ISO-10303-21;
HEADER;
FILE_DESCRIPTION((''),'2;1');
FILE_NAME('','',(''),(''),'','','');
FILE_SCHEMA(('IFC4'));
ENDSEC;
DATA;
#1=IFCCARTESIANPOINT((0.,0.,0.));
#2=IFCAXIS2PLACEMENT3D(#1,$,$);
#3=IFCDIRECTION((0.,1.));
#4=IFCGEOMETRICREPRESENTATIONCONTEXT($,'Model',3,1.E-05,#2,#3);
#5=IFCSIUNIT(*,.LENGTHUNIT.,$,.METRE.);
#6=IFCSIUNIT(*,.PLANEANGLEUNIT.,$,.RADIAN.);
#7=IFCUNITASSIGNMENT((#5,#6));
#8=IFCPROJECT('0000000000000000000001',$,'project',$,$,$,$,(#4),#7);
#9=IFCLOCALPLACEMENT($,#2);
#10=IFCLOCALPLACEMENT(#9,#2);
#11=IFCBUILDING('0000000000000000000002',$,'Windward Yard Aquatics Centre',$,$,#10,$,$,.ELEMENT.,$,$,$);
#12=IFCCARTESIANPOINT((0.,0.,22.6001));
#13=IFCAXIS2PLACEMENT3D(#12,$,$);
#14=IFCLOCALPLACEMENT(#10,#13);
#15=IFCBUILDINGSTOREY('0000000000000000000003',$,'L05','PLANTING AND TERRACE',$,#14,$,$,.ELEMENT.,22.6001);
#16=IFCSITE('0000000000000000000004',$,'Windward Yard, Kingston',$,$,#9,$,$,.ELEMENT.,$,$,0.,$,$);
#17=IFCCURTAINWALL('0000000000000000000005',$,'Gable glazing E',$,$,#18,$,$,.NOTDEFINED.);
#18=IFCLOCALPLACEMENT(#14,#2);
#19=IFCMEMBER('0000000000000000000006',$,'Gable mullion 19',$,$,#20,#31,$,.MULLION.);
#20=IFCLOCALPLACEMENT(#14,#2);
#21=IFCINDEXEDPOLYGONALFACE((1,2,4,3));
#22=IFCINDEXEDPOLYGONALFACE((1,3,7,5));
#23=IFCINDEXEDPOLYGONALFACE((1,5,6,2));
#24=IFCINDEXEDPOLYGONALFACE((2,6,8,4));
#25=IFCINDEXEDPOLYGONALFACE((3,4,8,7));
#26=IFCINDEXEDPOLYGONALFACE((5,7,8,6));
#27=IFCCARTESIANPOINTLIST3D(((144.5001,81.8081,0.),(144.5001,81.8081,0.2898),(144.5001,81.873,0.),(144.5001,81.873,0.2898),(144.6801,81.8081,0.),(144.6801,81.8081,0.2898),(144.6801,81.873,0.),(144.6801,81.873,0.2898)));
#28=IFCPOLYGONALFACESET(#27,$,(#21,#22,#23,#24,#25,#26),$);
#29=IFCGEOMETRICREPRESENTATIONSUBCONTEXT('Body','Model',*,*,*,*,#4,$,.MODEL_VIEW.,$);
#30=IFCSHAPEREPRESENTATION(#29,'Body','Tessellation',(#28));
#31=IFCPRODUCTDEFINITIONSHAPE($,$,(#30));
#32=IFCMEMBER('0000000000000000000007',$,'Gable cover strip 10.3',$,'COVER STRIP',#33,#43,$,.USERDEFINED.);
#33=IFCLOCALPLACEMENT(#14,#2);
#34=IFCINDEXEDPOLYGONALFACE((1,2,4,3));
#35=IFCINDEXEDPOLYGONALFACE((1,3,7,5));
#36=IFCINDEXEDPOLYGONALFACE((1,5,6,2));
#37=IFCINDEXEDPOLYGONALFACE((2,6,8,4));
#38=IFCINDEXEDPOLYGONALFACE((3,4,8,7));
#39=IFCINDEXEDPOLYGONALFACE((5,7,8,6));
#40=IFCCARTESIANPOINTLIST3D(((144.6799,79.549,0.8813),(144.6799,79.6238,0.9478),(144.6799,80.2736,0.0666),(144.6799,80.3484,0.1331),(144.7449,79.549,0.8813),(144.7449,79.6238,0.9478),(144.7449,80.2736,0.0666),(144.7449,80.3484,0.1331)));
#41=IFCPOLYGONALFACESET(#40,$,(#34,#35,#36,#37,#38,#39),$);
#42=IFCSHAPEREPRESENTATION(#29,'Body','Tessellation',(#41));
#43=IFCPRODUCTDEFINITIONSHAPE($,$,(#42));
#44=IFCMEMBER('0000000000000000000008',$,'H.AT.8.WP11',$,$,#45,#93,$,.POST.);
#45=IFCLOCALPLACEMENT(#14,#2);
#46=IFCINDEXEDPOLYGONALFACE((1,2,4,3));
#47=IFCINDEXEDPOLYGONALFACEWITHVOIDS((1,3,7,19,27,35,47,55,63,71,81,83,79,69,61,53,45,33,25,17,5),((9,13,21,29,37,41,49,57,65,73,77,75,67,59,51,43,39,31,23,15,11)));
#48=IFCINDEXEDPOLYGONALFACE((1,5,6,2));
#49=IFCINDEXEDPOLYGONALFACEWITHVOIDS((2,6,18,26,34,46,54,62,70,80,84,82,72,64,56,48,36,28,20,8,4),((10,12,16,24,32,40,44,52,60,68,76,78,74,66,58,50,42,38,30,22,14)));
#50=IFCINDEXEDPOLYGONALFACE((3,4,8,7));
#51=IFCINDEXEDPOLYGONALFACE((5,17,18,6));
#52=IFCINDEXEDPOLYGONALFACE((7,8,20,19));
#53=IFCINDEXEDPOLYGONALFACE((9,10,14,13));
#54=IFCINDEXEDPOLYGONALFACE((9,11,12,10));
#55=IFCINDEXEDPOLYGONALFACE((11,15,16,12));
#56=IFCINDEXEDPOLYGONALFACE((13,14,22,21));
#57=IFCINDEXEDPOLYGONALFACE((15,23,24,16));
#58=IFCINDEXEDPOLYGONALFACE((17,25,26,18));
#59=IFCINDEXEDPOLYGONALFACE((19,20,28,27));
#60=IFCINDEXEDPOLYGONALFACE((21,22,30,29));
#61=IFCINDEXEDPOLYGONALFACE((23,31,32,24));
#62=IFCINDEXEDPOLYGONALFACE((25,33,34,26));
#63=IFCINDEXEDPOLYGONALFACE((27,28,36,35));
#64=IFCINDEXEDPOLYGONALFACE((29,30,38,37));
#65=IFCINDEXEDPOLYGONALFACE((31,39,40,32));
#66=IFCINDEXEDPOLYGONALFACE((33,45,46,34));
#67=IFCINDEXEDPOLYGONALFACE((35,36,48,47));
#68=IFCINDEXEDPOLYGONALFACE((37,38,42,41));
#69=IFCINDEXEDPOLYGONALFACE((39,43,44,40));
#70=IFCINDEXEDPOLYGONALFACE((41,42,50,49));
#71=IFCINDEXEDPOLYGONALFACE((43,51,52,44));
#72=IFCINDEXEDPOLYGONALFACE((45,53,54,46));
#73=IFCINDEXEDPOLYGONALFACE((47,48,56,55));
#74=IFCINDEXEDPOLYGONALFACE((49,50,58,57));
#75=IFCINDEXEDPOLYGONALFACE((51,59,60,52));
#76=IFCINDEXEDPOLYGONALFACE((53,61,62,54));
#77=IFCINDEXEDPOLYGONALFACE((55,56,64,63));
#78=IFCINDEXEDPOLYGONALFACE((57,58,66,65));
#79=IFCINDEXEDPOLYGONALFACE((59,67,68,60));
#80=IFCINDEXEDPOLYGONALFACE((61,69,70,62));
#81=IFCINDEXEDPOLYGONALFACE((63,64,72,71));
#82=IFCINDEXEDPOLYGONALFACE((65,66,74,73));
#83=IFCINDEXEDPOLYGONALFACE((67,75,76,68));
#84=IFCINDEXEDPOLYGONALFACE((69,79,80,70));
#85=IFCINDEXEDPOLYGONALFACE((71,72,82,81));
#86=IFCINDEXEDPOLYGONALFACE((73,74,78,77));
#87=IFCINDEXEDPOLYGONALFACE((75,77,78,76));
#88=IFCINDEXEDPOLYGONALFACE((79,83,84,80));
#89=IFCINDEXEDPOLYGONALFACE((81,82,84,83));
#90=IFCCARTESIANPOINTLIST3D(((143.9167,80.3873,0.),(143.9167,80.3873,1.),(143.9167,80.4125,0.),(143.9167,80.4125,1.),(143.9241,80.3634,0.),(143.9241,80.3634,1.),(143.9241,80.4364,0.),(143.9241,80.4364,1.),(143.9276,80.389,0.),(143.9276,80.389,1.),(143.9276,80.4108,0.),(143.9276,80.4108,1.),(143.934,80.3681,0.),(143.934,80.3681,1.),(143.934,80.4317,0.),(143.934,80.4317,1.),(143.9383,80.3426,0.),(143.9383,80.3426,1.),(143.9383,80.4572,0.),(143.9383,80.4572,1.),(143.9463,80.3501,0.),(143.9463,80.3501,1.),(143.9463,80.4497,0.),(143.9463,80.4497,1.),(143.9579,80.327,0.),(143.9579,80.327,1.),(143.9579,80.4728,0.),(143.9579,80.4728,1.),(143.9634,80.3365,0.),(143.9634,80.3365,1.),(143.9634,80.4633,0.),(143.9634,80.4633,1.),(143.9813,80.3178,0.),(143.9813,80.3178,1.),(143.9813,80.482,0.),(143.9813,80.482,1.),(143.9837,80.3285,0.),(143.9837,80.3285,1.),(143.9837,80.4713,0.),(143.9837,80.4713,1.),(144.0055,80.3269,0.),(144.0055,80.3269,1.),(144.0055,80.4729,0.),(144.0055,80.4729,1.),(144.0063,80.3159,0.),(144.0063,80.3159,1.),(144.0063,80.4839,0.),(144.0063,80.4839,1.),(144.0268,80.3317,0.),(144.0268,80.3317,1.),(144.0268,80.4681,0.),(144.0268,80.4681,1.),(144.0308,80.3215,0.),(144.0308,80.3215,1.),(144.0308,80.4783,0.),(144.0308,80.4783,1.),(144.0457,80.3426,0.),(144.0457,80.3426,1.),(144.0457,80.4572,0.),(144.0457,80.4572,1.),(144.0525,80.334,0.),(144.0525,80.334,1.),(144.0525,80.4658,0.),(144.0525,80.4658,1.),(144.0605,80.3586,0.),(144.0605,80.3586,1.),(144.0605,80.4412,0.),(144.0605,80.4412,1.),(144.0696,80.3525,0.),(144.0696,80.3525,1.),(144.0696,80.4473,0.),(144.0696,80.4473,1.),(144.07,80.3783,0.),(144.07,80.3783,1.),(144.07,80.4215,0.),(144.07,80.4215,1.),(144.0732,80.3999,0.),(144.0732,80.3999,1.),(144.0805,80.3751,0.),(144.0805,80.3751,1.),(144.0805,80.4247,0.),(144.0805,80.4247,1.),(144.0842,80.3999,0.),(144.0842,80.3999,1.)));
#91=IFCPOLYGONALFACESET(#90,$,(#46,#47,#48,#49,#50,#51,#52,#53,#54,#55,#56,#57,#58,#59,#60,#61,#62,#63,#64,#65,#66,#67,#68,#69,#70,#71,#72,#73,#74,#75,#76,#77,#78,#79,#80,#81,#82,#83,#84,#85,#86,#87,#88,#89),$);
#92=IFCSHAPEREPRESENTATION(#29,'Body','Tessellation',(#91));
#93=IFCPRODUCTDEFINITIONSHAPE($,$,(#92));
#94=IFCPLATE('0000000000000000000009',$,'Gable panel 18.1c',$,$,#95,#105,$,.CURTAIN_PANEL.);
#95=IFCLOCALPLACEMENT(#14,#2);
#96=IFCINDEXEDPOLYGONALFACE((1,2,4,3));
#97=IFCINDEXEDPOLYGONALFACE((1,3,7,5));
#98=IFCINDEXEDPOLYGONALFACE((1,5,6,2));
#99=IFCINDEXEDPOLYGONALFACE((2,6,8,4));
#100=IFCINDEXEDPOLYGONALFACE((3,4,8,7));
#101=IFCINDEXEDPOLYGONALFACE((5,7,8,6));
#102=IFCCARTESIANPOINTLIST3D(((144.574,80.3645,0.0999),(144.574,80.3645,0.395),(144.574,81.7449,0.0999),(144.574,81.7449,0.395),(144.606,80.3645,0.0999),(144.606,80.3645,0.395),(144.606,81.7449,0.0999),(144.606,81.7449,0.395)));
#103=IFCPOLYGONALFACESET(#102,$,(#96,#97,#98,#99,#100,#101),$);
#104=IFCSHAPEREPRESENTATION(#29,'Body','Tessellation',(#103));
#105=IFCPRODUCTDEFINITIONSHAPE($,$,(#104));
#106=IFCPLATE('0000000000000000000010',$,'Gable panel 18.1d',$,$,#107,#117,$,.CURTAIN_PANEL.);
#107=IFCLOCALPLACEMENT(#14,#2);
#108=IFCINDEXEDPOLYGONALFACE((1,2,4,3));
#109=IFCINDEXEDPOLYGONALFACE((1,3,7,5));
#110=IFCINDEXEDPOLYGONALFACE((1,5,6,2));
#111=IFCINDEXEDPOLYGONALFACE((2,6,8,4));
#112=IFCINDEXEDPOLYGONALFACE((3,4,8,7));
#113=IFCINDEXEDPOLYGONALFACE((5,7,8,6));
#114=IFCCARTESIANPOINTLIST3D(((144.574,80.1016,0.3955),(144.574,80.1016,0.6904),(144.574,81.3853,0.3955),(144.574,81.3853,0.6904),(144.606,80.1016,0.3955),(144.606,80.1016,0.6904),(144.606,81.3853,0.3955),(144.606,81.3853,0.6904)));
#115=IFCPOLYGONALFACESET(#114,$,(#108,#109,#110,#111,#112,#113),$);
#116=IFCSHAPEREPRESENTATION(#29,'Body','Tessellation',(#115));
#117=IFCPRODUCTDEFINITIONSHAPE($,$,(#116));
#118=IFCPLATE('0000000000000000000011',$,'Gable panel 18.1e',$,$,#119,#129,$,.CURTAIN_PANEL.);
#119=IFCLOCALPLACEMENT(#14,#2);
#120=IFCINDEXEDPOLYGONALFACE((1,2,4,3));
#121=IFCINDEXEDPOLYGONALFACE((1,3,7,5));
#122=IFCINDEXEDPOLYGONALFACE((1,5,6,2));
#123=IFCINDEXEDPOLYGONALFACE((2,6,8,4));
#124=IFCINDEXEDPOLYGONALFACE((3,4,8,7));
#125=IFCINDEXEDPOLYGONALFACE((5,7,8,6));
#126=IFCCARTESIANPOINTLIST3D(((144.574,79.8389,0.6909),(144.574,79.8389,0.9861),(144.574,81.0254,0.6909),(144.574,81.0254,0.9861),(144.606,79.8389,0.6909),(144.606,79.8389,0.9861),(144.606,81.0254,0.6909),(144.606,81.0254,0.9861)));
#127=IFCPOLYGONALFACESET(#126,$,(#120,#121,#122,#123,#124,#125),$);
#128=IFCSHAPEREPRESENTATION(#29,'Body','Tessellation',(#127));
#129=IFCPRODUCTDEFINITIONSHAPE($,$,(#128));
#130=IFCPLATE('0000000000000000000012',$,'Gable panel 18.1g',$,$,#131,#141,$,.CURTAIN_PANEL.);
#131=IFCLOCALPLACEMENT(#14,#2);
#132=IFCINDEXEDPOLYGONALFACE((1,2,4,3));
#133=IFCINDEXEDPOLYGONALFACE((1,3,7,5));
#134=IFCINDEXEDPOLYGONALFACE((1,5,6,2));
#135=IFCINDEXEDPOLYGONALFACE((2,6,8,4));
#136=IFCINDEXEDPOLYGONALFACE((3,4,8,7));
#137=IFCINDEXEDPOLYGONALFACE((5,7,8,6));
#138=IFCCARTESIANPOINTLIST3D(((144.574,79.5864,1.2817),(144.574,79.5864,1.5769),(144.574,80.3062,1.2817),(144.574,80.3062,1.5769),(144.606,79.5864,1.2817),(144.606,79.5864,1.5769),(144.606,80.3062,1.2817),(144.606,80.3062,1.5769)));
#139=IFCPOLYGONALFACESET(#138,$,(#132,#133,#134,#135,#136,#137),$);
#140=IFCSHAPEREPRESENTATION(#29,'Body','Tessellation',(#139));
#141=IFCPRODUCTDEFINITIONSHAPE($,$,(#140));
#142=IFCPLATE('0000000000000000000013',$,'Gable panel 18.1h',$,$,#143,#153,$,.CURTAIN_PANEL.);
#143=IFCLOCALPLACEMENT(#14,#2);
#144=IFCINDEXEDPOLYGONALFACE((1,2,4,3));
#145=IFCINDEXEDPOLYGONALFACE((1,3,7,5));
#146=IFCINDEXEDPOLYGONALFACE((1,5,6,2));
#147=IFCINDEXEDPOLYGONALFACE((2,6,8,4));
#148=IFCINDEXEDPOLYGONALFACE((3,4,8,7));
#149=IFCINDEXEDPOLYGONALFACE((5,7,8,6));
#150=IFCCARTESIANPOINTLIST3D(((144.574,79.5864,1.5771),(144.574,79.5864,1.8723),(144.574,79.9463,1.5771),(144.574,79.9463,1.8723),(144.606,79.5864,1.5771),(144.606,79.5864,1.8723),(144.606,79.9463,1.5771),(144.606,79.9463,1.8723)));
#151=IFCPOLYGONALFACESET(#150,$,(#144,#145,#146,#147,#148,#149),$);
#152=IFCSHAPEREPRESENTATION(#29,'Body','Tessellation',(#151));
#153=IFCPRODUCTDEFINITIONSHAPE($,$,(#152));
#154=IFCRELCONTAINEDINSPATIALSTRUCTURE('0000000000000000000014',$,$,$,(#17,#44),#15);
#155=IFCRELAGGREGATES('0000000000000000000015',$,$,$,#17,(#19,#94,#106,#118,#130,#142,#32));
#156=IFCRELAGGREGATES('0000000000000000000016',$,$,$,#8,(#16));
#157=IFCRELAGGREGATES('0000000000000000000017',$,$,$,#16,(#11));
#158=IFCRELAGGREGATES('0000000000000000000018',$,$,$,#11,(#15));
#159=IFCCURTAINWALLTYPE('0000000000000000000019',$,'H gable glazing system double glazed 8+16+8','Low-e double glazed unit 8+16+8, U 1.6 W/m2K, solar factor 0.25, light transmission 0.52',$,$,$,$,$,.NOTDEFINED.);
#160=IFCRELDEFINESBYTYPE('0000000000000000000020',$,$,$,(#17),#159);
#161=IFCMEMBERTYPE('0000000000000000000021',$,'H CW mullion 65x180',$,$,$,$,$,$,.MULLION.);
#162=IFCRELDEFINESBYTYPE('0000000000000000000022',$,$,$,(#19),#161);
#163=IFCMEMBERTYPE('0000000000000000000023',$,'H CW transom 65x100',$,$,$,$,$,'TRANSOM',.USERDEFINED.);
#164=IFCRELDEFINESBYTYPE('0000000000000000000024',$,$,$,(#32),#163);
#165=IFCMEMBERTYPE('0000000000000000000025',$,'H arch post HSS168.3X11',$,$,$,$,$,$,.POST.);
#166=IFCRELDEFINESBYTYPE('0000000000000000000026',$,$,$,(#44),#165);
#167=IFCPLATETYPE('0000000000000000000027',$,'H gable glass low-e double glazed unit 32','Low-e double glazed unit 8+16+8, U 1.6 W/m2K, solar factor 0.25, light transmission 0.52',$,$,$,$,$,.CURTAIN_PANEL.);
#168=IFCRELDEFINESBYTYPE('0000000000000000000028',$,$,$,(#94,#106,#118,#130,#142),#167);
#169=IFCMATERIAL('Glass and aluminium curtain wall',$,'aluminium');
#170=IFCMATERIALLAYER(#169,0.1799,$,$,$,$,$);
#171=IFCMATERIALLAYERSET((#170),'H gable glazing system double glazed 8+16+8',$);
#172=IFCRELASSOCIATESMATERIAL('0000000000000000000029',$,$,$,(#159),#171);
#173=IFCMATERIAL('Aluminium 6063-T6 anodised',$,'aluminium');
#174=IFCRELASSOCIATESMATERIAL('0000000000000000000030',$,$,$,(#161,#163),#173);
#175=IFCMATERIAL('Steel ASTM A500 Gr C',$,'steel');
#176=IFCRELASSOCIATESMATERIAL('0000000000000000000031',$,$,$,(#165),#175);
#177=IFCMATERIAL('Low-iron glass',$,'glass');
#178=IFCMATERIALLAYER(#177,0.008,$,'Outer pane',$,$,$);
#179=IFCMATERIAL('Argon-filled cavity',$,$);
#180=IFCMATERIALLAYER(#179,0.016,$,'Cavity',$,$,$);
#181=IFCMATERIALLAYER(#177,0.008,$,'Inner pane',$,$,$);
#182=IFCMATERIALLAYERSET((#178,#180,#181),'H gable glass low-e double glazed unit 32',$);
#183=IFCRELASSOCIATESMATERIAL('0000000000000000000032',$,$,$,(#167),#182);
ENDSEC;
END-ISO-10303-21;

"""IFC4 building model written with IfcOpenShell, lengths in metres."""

from ifc_helpers import new_model, si_unit, direction, frame, origin, origin_2d, place, context, subcontext, project, spatial, polyline, rectangle, hollow_circle, outline, extrude, material, layer, layer_set, material_profile, profile_set, type_object, element, aggregate, save


model = new_model("IFC4")

# Units and contexts
model_context = context("Model", 3, precision=1e-05, world=origin(), true_north=direction((0.0, 1.0)))
body_context = subcontext(model_context, "Body", "Model", "MODEL_VIEW")
ifc_project = project(units=[si_unit("LENGTHUNIT", "METRE"), si_unit("PLANEANGLEUNIT", "RADIAN")], contexts=[model_context])

# Site, building, storey
site_placement = place(None, origin())
site = spatial("IfcSite", under=ifc_project, at=site_placement, Name="Windward Yard, Kingston", CompositionType="ELEMENT", RefElevation=0.0)
building_placement = place(site_placement, origin())
building = spatial("IfcBuilding", under=site, at=building_placement, Name="Windward Yard Aquatics Centre", CompositionType="ELEMENT")
storey_placement = place(building_placement, frame((0.0, 0.0, 22.6001)))
storey = spatial("IfcBuildingStorey", under=building, at=storey_placement, Name="L05", Description="PLANTING AND TERRACE", CompositionType="ELEMENT", Elevation=22.6001)

# Curtain wall, members
ifc_material_1 = material(Name="Glass and aluminium curtain wall", Category="aluminium")
ifc_layer_1 = layer(ifc_material_1, 0.1799)
ifc_layer_set_1 = layer_set([ifc_layer_1], Name="H gable glazing system double glazed 8+16+8")
curtain_wall_type = type_object("IfcCurtainWallType", Name="H gable glazing system double glazed 8+16+8", Description="Low-e double glazed unit 8+16+8, U 1.6 W/m2K, solar factor 0.25, light transmission 0.52", PredefinedType="NOTDEFINED", material=ifc_layer_set_1)
curtain_wall_placement = place(storey_placement, origin())
curtain_wall = element("IfcCurtainWall", 1, at=curtain_wall_placement, inside=storey, type_object=curtain_wall_type, Name="Gable glazing E", PredefinedType="NOTDEFINED")
ifc_material_2 = material(Name="Aluminium 6063-T6 anodised", Category="aluminium")
ifc_material_profile_1 = material_profile(ifc_material_2, rectangle(XDim=0.0649, YDim=0.1799, at=origin_2d()), Name="H CW mullion 65x180")
ifc_profile_set_1 = profile_set([ifc_material_profile_1], Name="Aluminium 6063-T6 anodised")
member_type_1 = type_object("IfcMemberType", Name="H CW mullion 65x180", PredefinedType="MULLION", material=ifc_profile_set_1)
member_1_placement = place(storey_placement, frame((144.5901, 81.8406, 0.0), z_axis=(0.0, 0.0, 1.0), x_axis=(0.0, 1.0, 0.0)))
member_1 = element("IfcMember", 2, at=member_1_placement, type_object=member_type_1, Name="Gable mullion 19", PredefinedType="MULLION", context=body_context, shape_type="SweptSolid", body=[
    extrude(rectangle(XDim=0.0649, YDim=0.1799, at=origin_2d()), origin(), (0.0, 0.0, 1.0), 0.2898),
])
ifc_material_profile_2 = material_profile(ifc_material_2, rectangle(XDim=0.0649, YDim=0.1001, at=origin_2d()), Name="H CW transom 65x100")
ifc_profile_set_2 = profile_set([ifc_material_profile_2], Name="Aluminium 6063-T6 anodised")
member_type_2 = type_object("IfcMemberType", Name="H CW transom 65x100", ElementType="TRANSOM", PredefinedType="USERDEFINED", material=ifc_profile_set_2)
member_2_placement = place(storey_placement, frame((144.7124, 79.5864, 0.9146), z_axis=(0.0, 0.664586, -0.747212), x_axis=(-1.0, 0.0, 0.0)))
member_2 = element("IfcMember", 3, at=member_2_placement, type_object=member_type_2, Name="Gable cover strip 10.3", ObjectType="COVER STRIP", PredefinedType="USERDEFINED", context=body_context, shape_type="SweptSolid", body=[
    extrude(rectangle(XDim=0.0649, YDim=0.1001, at=origin_2d()), origin(), (0.0, 0.0, 1.0), 1.0903),
])

# Member
ifc_material_3 = material(Name="Steel ASTM A500 Gr C", Category="steel")
ifc_material_profile_3 = material_profile(ifc_material_3, hollow_circle(Radius=0.0842, WallThickness=0.011, at=origin_2d()), Name="HSS168.3X11")
ifc_profile_set_3 = profile_set([ifc_material_profile_3], Name="Steel ASTM A500 Gr C")
member_type_3 = type_object("IfcMemberType", Name="H arch post HSS168.3X11", PredefinedType="POST", material=ifc_profile_set_3)
member_3_placement = place(storey_placement, frame((144.0, 80.3999, 0.0), z_axis=(0.0, 0.0, 1.0), x_axis=(1.0, 0.0, 0.0)))
element("IfcMember", 4, at=member_3_placement, inside=storey, type_object=member_type_3, Name="H.AT.8.WP11", PredefinedType="POST", context=body_context, shape_type="SweptSolid", body=[
    extrude(hollow_circle(Radius=0.0842, WallThickness=0.011, at=origin_2d()), origin(), (0.0, 0.0, 1.0), 1.0),
])

# Plates
ifc_material_4 = material(Name="Low-iron glass", Category="glass")
ifc_layer_2 = layer(ifc_material_4, 0.008, Name="Outer pane")
ifc_material_5 = material(Name="Argon-filled cavity")
ifc_layer_3 = layer(ifc_material_5, 0.016, Name="Cavity")
ifc_layer_4 = layer(ifc_material_4, 0.008, Name="Inner pane")
ifc_layer_set_2 = layer_set([ifc_layer_2, ifc_layer_3, ifc_layer_4], Name="H gable glass low-e double glazed unit 32")
plate_type = type_object("IfcPlateType", Name="H gable glass low-e double glazed unit 32", Description="Low-e double glazed unit 8+16+8, U 1.6 W/m2K, solar factor 0.25, light transmission 0.52", PredefinedType="CURTAIN_PANEL", material=ifc_layer_set_2)
plate_1_placement = place(storey_placement, frame((144.606, 80.3645, 0.0999), z_axis=(1.0, 0.0, 0.0), x_axis=(0.0, 1.0, 0.0)))
plate_1 = element("IfcPlate", 5, at=plate_1_placement, type_object=plate_type, Name="Gable panel 18.1c", PredefinedType="CURTAIN_PANEL", context=body_context, shape_type="SweptSolid", body=[
    extrude(outline(polyline([(0.0, 0.0), (1.3804, 0.0), (1.3804, 0.2952), (0.0, 0.2952), (0.0, 0.0)])), origin(), (0.0, 0.0, -1.0), 0.032),
])
plate_2_placement = place(storey_placement, frame((144.606, 80.1016, 0.3955), z_axis=(1.0, 0.0, 0.0), x_axis=(0.0, 1.0, 0.0)))
plate_2 = element("IfcPlate", 6, at=plate_2_placement, type_object=plate_type, Name="Gable panel 18.1d", PredefinedType="CURTAIN_PANEL", context=body_context, shape_type="SweptSolid", body=[
    extrude(outline(polyline([(0.0, 0.0), (1.2837, 0.0), (1.2837, 0.2949), (0.0, 0.2949), (0.0, 0.0)])), origin(), (0.0, 0.0, -1.0), 0.032),
])
plate_3_placement = place(storey_placement, frame((144.606, 79.8389, 0.6909), z_axis=(1.0, 0.0, 0.0), x_axis=(0.0, 1.0, 0.0)))
plate_3 = element("IfcPlate", 7, at=plate_3_placement, type_object=plate_type, Name="Gable panel 18.1e", PredefinedType="CURTAIN_PANEL", context=body_context, shape_type="SweptSolid", body=[
    extrude(outline(polyline([(0.0, 0.0), (1.1865, 0.0), (1.1865, 0.2952), (0.0, 0.2952), (0.0, 0.0)])), origin(), (0.0, 0.0, -1.0), 0.032),
])
plate_4_placement = place(storey_placement, frame((144.606, 79.5864, 1.2817), z_axis=(1.0, 0.0, 0.0), x_axis=(0.0, 1.0, 0.0)))
plate_4 = element("IfcPlate", 8, at=plate_4_placement, type_object=plate_type, Name="Gable panel 18.1g", PredefinedType="CURTAIN_PANEL", context=body_context, shape_type="SweptSolid", body=[
    extrude(outline(polyline([(0.0, 0.0), (0.7197, 0.0), (0.7197, 0.2952), (0.0, 0.2952), (0.0, 0.0)])), origin(), (0.0, 0.0, -1.0), 0.032),
])
plate_5_placement = place(storey_placement, frame((144.606, 79.5864, 1.5771), z_axis=(1.0, 0.0, 0.0), x_axis=(0.0, 1.0, 0.0)))
plate_5 = element("IfcPlate", 9, at=plate_5_placement, type_object=plate_type, Name="Gable panel 18.1h", PredefinedType="CURTAIN_PANEL", context=body_context, shape_type="SweptSolid", body=[
    extrude(outline(polyline([(0.0, 0.0), (0.3599, 0.0), (0.3599, 0.2952), (0.0, 0.2952), (0.0, 0.0)])), origin(), (0.0, 0.0, -1.0), 0.032),
])

aggregate(curtain_wall, [member_1, plate_1, plate_2, plate_3, plate_4, plate_5, member_2])

save(model, "model.ifc")
